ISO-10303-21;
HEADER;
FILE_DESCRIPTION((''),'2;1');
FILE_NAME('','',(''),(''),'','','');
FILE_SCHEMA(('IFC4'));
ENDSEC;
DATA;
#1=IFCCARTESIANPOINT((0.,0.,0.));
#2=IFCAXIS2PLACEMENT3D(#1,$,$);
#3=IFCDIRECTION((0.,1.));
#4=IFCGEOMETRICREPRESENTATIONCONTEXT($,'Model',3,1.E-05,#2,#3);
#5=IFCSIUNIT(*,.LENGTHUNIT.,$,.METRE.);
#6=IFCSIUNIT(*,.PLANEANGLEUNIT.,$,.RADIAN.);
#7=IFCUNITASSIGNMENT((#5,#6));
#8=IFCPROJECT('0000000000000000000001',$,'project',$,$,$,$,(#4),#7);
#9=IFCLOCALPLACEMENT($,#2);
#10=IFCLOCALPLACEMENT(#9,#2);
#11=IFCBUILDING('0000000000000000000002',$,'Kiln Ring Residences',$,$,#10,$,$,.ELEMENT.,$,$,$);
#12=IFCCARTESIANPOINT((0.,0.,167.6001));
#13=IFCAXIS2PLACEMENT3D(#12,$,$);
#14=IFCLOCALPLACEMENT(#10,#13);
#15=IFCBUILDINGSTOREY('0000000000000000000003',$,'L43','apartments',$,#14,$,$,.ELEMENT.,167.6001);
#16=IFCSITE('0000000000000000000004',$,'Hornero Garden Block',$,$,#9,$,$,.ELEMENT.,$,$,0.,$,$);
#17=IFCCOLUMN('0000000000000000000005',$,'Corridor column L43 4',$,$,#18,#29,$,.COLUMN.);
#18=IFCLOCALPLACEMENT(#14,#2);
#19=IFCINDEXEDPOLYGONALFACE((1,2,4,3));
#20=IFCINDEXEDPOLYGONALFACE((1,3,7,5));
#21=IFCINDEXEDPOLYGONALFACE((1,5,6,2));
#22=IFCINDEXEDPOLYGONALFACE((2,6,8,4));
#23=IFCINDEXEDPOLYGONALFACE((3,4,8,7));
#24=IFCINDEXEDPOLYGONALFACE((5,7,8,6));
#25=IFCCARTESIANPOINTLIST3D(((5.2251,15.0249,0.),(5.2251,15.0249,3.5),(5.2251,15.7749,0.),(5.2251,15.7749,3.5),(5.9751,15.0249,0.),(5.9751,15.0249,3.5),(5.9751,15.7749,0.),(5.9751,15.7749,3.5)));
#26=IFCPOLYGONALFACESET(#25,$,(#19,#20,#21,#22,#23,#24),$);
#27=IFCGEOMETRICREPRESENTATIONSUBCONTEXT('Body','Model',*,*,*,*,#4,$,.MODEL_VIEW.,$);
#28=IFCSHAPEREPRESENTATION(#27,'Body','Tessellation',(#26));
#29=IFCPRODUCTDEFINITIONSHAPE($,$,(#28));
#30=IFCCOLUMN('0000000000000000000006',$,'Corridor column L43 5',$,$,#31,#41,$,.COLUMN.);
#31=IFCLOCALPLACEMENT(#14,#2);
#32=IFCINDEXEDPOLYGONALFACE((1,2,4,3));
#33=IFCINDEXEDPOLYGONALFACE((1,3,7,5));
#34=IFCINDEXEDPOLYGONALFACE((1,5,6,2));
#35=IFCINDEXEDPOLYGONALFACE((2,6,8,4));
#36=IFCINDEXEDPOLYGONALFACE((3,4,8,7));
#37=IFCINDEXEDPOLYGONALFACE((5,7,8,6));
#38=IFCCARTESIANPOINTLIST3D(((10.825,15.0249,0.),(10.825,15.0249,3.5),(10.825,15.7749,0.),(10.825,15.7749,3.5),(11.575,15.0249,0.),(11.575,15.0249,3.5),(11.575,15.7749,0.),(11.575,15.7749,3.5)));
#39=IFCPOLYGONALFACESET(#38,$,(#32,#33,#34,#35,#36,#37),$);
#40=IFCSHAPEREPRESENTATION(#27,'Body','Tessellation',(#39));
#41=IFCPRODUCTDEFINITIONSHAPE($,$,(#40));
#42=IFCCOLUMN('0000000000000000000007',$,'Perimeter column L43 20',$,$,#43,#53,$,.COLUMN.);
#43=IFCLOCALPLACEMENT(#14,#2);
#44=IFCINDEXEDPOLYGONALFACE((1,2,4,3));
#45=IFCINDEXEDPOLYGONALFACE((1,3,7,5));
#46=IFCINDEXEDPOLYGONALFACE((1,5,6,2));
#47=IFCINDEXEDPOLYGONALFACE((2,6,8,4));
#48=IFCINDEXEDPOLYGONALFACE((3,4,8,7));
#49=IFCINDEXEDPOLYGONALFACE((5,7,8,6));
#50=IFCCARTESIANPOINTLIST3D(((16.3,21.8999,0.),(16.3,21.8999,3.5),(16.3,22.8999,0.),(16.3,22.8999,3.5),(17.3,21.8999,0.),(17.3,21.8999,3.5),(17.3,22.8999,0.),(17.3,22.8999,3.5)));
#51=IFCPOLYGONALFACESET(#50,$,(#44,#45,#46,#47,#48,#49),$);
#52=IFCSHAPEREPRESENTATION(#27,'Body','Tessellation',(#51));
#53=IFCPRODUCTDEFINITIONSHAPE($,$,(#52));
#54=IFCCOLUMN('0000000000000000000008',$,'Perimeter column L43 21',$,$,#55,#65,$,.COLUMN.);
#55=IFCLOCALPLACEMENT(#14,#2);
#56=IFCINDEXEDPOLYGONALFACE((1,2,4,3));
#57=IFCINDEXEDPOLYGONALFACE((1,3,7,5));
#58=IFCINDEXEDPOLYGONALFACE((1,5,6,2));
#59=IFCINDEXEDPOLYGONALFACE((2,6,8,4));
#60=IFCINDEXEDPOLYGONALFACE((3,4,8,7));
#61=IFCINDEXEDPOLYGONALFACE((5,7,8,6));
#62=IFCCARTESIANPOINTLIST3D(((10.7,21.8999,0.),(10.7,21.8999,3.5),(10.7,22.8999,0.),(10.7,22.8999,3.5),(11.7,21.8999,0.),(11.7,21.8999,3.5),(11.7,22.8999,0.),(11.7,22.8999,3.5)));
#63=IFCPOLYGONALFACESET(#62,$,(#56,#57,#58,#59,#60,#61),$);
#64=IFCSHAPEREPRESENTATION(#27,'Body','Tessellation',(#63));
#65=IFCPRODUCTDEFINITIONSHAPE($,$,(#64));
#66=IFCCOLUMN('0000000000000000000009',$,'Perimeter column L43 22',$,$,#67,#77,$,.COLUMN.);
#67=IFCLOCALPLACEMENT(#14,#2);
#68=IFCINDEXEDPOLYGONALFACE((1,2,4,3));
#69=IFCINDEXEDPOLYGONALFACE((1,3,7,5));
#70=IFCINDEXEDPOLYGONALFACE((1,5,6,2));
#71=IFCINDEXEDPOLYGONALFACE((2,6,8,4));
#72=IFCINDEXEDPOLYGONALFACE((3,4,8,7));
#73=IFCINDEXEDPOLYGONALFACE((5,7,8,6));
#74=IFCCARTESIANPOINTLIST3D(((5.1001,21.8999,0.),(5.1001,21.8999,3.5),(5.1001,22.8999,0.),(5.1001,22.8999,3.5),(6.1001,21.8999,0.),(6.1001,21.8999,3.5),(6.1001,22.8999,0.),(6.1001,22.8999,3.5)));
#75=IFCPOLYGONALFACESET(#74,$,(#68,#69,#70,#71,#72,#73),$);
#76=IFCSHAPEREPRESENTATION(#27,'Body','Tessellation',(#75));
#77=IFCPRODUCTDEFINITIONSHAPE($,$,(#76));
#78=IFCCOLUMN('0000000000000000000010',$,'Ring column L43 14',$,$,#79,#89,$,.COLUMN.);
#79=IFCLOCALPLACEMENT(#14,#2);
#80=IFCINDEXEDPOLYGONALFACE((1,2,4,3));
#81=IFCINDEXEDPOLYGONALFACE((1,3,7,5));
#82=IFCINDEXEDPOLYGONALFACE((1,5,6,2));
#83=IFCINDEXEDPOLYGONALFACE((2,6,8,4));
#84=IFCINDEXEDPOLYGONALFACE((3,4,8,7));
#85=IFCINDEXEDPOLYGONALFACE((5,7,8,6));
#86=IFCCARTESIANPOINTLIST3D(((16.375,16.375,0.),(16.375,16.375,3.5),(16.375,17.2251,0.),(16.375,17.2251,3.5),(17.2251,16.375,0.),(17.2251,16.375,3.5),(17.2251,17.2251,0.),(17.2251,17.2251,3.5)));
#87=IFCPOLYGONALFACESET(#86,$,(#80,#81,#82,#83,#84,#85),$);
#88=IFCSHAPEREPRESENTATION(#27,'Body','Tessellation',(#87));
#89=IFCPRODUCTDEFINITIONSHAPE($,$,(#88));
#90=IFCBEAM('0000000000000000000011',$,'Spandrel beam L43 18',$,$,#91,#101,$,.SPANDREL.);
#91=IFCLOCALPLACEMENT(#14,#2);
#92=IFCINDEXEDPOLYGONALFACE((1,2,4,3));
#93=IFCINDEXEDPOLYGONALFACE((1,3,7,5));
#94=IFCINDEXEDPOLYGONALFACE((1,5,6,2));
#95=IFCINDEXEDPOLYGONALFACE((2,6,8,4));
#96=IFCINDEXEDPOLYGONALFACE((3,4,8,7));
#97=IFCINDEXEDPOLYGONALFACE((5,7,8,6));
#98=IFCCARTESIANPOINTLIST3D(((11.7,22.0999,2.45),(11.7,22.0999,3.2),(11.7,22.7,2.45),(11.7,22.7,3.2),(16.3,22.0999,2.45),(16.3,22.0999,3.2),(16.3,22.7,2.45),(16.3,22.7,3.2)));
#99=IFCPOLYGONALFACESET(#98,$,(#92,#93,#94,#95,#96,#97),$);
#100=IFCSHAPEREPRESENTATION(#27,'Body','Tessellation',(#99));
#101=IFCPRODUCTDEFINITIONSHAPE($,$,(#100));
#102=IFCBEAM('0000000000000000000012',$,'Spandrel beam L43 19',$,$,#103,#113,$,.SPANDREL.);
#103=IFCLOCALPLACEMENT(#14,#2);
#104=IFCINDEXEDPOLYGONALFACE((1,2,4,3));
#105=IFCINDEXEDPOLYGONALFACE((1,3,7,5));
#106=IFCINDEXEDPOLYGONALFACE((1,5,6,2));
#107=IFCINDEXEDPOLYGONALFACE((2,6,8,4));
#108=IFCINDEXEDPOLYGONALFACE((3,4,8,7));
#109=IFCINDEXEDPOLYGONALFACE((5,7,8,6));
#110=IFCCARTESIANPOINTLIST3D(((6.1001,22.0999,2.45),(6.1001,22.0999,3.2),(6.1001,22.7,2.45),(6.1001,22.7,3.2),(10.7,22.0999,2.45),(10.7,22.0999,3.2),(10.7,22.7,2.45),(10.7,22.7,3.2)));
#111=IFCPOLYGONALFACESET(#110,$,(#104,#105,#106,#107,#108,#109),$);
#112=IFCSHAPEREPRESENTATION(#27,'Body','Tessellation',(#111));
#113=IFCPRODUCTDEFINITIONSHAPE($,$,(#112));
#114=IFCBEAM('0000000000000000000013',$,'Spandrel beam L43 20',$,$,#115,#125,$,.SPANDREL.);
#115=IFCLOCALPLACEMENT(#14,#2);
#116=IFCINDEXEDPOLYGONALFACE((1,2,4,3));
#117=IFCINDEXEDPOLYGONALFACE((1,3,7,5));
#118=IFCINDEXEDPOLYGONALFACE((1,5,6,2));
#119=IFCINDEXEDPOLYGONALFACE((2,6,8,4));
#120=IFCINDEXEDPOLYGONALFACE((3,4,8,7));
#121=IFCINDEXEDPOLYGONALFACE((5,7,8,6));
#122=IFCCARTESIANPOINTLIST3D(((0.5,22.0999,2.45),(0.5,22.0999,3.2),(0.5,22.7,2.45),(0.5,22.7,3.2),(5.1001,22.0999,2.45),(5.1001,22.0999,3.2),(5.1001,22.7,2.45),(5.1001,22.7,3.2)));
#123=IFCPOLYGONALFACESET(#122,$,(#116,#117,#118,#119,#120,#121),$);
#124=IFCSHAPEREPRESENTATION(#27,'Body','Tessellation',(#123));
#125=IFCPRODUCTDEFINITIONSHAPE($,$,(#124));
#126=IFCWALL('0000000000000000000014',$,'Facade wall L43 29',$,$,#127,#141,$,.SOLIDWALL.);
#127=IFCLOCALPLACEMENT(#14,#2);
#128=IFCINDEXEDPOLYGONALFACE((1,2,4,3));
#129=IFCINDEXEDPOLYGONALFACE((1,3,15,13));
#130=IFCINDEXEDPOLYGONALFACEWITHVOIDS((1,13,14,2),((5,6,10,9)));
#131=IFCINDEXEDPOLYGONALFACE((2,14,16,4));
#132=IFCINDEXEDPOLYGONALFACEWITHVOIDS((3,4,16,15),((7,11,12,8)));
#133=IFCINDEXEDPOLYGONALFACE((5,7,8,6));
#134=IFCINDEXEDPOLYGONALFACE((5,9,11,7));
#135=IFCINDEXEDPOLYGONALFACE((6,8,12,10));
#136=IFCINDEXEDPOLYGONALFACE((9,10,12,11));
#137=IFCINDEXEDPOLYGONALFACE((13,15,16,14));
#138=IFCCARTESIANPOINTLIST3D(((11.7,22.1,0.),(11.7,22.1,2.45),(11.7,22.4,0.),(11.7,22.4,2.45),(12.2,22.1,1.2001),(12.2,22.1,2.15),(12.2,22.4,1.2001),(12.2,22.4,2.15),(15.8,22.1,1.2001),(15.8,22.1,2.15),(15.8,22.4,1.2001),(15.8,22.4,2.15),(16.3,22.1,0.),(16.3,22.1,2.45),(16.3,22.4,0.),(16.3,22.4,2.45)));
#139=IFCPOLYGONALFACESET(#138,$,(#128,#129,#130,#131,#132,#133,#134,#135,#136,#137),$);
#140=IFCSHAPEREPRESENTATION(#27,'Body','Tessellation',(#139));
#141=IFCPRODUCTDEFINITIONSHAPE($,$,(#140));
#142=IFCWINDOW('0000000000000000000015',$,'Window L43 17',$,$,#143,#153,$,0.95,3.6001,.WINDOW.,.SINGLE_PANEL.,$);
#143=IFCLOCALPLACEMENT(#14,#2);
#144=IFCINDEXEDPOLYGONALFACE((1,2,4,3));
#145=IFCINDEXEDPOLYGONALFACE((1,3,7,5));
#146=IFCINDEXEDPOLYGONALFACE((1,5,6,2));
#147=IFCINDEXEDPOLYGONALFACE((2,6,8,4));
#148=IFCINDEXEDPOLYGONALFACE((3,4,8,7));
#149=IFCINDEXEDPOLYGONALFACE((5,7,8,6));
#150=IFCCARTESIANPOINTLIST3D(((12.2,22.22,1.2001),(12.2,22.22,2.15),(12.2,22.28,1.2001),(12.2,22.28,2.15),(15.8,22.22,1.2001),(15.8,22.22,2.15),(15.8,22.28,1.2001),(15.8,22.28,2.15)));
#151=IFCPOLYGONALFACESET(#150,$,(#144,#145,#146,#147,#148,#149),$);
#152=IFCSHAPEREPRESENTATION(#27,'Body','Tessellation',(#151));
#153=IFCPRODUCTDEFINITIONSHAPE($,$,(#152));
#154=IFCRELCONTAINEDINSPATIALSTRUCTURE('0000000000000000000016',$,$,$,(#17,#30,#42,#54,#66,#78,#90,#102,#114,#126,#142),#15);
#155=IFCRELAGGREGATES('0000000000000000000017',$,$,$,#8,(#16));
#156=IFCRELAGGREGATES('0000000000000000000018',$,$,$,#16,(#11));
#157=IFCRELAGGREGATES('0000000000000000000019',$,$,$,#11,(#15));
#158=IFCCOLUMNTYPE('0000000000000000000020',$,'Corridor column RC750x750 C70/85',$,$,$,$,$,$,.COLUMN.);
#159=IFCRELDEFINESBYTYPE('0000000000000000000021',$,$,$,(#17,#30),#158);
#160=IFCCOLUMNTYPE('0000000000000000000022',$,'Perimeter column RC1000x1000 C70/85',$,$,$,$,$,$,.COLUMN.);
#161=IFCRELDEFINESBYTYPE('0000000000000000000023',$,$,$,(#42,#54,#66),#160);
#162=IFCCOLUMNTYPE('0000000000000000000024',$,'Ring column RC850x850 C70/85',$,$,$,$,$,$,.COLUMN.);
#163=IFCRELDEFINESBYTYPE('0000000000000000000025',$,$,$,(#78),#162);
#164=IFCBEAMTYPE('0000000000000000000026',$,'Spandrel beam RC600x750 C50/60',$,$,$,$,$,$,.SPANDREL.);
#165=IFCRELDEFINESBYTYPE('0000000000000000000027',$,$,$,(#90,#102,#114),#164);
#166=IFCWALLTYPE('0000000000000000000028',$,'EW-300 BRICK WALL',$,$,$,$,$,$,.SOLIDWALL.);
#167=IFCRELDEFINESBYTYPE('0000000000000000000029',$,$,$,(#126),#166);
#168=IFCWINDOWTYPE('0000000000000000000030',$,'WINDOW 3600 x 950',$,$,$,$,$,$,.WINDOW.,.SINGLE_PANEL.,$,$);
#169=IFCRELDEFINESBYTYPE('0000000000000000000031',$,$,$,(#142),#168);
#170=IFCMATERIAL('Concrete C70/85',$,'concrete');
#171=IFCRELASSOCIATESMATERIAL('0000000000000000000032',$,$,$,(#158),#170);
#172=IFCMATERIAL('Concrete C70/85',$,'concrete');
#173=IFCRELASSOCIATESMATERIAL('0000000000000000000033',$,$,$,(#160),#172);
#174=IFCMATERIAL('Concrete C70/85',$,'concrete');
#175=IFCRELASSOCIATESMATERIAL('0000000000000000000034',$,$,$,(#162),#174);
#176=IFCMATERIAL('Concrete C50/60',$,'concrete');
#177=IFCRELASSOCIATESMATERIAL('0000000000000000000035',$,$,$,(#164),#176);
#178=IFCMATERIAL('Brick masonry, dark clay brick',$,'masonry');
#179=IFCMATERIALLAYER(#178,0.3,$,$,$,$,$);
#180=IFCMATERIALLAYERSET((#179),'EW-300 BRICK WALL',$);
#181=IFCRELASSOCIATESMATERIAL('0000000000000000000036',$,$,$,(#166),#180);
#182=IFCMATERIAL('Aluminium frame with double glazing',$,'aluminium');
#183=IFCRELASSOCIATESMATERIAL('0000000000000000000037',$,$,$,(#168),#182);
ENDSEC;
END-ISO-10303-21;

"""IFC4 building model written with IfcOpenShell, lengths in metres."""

from ifc_helpers import new_model, si_unit, direction, frame, frame_2d, origin, origin_2d, place, context, subcontext, project, spatial, rectangle, extrude, material, layer, layer_set, material_profile, profile_set, type_object, element, fill, save


model = new_model("IFC4")

# Units and contexts
model_context = context("Model", 3, precision=1e-05, world=origin(), true_north=direction((0.0, 1.0)))
body_context = subcontext(model_context, "Body", "Model", "MODEL_VIEW")
ifc_project = project(units=[si_unit("LENGTHUNIT", "METRE"), si_unit("PLANEANGLEUNIT", "RADIAN")], contexts=[model_context])

# Site, building, storey
site_placement = place(None, origin())
site = spatial("IfcSite", under=ifc_project, at=site_placement, Name="Hornero Garden Block", CompositionType="ELEMENT", RefElevation=0.0)
building_placement = place(site_placement, origin())
building = spatial("IfcBuilding", under=site, at=building_placement, Name="Kiln Ring Residences", CompositionType="ELEMENT")
storey_placement = place(building_placement, frame((0.0, 0.0, 167.6001)))
storey = spatial("IfcBuildingStorey", under=building, at=storey_placement, Name="L43", Description="apartments", CompositionType="ELEMENT", Elevation=167.6001)

# Columns
ifc_material_1 = material(Name="Concrete C70/85", Category="concrete")
ifc_material_profile_1 = material_profile(ifc_material_1, rectangle(XDim=0.75, YDim=0.75, at=origin_2d()), Name="RC750x750")
ifc_profile_set_1 = profile_set([ifc_material_profile_1], Name="Concrete C70/85")
column_type_1 = type_object("IfcColumnType", Name="Corridor column RC750x750 C70/85", PredefinedType="COLUMN", material=ifc_profile_set_1)
for number, where, z_axis, x_axis, name in (
    (1, (5.6001, 15.3999, 0.0), (0.0, 0.0, 1.0), (1.0, 0.0, 0.0), "Corridor column L43 4"),
    (2, (11.2, 15.3999, 0.0), (0.0, 0.0, 1.0), (1.0, 0.0, 0.0), "Corridor column L43 5"),
):
    element("IfcColumn", number, at=place(storey_placement, frame(where, z_axis=z_axis, x_axis=x_axis)), inside=storey, type_object=column_type_1, Name=name, PredefinedType="COLUMN", context=body_context, shape_type="SweptSolid", body=[
        extrude(rectangle(XDim=0.75, YDim=0.75, at=origin_2d()), origin(), (0.0, 0.0, 1.0), 3.5),
    ])
ifc_material_2 = material(Name="Concrete C70/85", Category="concrete")
ifc_material_profile_2 = material_profile(ifc_material_2, rectangle(XDim=1.0, YDim=1.0, at=origin_2d()), Name="RC1000x1000")
ifc_profile_set_2 = profile_set([ifc_material_profile_2], Name="Concrete C70/85")
column_type_2 = type_object("IfcColumnType", Name="Perimeter column RC1000x1000 C70/85", PredefinedType="COLUMN", material=ifc_profile_set_2)
for number, where, z_axis, x_axis, name in (
    (3, (16.8, 22.3999, 0.0), (0.0, 0.0, 1.0), (1.0, 0.0, 0.0), "Perimeter column L43 20"),
    (4, (11.2, 22.3999, 0.0), (0.0, 0.0, 1.0), (1.0, 0.0, 0.0), "Perimeter column L43 21"),
    (5, (5.6001, 22.3999, 0.0), (0.0, 0.0, 1.0), (1.0, 0.0, 0.0), "Perimeter column L43 22"),
):
    element("IfcColumn", number, at=place(storey_placement, frame(where, z_axis=z_axis, x_axis=x_axis)), inside=storey, type_object=column_type_2, Name=name, PredefinedType="COLUMN", context=body_context, shape_type="SweptSolid", body=[
        extrude(rectangle(XDim=1.0, YDim=1.0, at=origin_2d()), origin(), (0.0, 0.0, 1.0), 3.5),
    ])
ifc_material_3 = material(Name="Concrete C70/85", Category="concrete")
ifc_material_profile_3 = material_profile(ifc_material_3, rectangle(XDim=0.8501, YDim=0.8501, at=origin_2d()), Name="RC850x850")
ifc_profile_set_3 = profile_set([ifc_material_profile_3], Name="Concrete C70/85")
column_type_3 = type_object("IfcColumnType", Name="Ring column RC850x850 C70/85", PredefinedType="COLUMN", material=ifc_profile_set_3)
column_placement = place(storey_placement, frame((16.8, 16.8, 0.0), z_axis=(0.0, 0.0, 1.0), x_axis=(1.0, 0.0, 0.0)))
element("IfcColumn", 6, at=column_placement, inside=storey, type_object=column_type_3, Name="Ring column L43 14", PredefinedType="COLUMN", context=body_context, shape_type="SweptSolid", body=[
    extrude(rectangle(XDim=0.8501, YDim=0.8501, at=origin_2d()), origin(), (0.0, 0.0, 1.0), 3.5),
])

# Beams
ifc_material_4 = material(Name="Concrete C50/60", Category="concrete")
ifc_material_profile_4 = material_profile(ifc_material_4, rectangle(XDim=0.6001, YDim=0.75, at=origin_2d()), Name="RC600x750")
ifc_profile_set_4 = profile_set([ifc_material_profile_4], Name="Concrete C50/60")
beam_type = type_object("IfcBeamType", Name="Spandrel beam RC600x750 C50/60", PredefinedType="SPANDREL", material=ifc_profile_set_4)
beam_1_placement = place(storey_placement, frame((16.3, 22.3999, 2.825), z_axis=(-1.0, 0.0, 0.0), x_axis=(0.0, -1.0, 0.0)))
element("IfcBeam", 7, at=beam_1_placement, inside=storey, type_object=beam_type, Name="Spandrel beam L43 18", PredefinedType="SPANDREL", context=body_context, shape_type="SweptSolid", body=[
    extrude(rectangle(XDim=0.6001, YDim=0.75, at=origin_2d()), origin(), (0.0, 0.0, 1.0), 4.6001),
])
beam_2_placement = place(storey_placement, frame((10.7, 22.3999, 2.825), z_axis=(-1.0, 0.0, 0.0), x_axis=(0.0, -1.0, 0.0)))
element("IfcBeam", 8, at=beam_2_placement, inside=storey, type_object=beam_type, Name="Spandrel beam L43 19", PredefinedType="SPANDREL", context=body_context, shape_type="SweptSolid", body=[
    extrude(rectangle(XDim=0.6001, YDim=0.75, at=origin_2d()), origin(), (0.0, 0.0, 1.0), 4.5999),
])
beam_3_placement = place(storey_placement, frame((5.1001, 22.3999, 2.825), z_axis=(-1.0, 0.0, 0.0), x_axis=(0.0, -1.0, 0.0)))
element("IfcBeam", 9, at=beam_3_placement, inside=storey, type_object=beam_type, Name="Spandrel beam L43 20", PredefinedType="SPANDREL", context=body_context, shape_type="SweptSolid", body=[
    extrude(rectangle(XDim=0.6001, YDim=0.75, at=origin_2d()), origin(), (0.0, 0.0, 1.0), 4.6001),
])

# Wall, opening, window
ifc_material_5 = material(Name="Brick masonry, dark clay brick", Category="masonry")
ifc_layer_1 = layer(ifc_material_5, 0.3)
ifc_layer_set_1 = layer_set([ifc_layer_1], Name="EW-300 BRICK WALL")
wall_type_1 = type_object("IfcWallType", Name="EW-300 BRICK WALL", PredefinedType="SOLIDWALL", material=ifc_layer_set_1)
wall_1_placement = place(storey_placement, frame((16.3, 22.25, 0.0), z_axis=(0.0, 0.0, 1.0), x_axis=(-1.0, 0.0, 0.0)))
wall_1 = element("IfcWall", 10, at=wall_1_placement, inside=storey, type_object=wall_type_1, Name="Facade wall L43 29", PredefinedType="SOLIDWALL", context=body_context, shape_type="SweptSolid", body=[
    extrude(rectangle(XDim=4.6001, YDim=0.3, at=frame_2d((2.3, 0.0))), origin(), (0.0, 0.0, 1.0), 2.45),
])
opening_1_placement = place(wall_1_placement, frame((0.5, 0.0, 1.2)))
opening_1 = element("IfcOpeningElement", 11, at=opening_1_placement, cuts=wall_1, PredefinedType="OPENING", context=body_context, shape_type="SweptSolid", body=[
    extrude(rectangle(XDim=3.6001, YDim=0.95, at=frame_2d((1.8, 0.4751))), frame((0.0, 0.1599, 0.0), z_axis=(0.0, -1.0, 0.0), x_axis=(1.0, 0.0, 0.0)), (0.0, 0.0, 1.0), 0.3201),
])
ifc_material_6 = material(Name="Aluminium frame with double glazing", Category="aluminium")
window_type_1 = type_object("IfcWindowType", Name="WINDOW 3600 x 950", PartitioningType="SINGLE_PANEL", PredefinedType="WINDOW", material=ifc_material_6)
window_1_placement = place(opening_1_placement, origin())
window_1 = element("IfcWindow", 12, at=window_1_placement, inside=storey, type_object=window_type_1, Name="Window L43 17", OverallHeight=0.95, OverallWidth=3.6001, PartitioningType="SINGLE_PANEL", PredefinedType="WINDOW", context=body_context, shape_type="SweptSolid", body=[
    extrude(rectangle(XDim=3.6001, YDim=0.95, at=frame_2d((1.8, 0.4751))), frame((0.0, 0.03, 0.0), z_axis=(0.0, -1.0, 0.0), x_axis=(1.0, 0.0, 0.0)), (0.0, 0.0, 1.0), 0.0601),
])
fill(opening_1, window_1)

save(model, "model.ifc")
